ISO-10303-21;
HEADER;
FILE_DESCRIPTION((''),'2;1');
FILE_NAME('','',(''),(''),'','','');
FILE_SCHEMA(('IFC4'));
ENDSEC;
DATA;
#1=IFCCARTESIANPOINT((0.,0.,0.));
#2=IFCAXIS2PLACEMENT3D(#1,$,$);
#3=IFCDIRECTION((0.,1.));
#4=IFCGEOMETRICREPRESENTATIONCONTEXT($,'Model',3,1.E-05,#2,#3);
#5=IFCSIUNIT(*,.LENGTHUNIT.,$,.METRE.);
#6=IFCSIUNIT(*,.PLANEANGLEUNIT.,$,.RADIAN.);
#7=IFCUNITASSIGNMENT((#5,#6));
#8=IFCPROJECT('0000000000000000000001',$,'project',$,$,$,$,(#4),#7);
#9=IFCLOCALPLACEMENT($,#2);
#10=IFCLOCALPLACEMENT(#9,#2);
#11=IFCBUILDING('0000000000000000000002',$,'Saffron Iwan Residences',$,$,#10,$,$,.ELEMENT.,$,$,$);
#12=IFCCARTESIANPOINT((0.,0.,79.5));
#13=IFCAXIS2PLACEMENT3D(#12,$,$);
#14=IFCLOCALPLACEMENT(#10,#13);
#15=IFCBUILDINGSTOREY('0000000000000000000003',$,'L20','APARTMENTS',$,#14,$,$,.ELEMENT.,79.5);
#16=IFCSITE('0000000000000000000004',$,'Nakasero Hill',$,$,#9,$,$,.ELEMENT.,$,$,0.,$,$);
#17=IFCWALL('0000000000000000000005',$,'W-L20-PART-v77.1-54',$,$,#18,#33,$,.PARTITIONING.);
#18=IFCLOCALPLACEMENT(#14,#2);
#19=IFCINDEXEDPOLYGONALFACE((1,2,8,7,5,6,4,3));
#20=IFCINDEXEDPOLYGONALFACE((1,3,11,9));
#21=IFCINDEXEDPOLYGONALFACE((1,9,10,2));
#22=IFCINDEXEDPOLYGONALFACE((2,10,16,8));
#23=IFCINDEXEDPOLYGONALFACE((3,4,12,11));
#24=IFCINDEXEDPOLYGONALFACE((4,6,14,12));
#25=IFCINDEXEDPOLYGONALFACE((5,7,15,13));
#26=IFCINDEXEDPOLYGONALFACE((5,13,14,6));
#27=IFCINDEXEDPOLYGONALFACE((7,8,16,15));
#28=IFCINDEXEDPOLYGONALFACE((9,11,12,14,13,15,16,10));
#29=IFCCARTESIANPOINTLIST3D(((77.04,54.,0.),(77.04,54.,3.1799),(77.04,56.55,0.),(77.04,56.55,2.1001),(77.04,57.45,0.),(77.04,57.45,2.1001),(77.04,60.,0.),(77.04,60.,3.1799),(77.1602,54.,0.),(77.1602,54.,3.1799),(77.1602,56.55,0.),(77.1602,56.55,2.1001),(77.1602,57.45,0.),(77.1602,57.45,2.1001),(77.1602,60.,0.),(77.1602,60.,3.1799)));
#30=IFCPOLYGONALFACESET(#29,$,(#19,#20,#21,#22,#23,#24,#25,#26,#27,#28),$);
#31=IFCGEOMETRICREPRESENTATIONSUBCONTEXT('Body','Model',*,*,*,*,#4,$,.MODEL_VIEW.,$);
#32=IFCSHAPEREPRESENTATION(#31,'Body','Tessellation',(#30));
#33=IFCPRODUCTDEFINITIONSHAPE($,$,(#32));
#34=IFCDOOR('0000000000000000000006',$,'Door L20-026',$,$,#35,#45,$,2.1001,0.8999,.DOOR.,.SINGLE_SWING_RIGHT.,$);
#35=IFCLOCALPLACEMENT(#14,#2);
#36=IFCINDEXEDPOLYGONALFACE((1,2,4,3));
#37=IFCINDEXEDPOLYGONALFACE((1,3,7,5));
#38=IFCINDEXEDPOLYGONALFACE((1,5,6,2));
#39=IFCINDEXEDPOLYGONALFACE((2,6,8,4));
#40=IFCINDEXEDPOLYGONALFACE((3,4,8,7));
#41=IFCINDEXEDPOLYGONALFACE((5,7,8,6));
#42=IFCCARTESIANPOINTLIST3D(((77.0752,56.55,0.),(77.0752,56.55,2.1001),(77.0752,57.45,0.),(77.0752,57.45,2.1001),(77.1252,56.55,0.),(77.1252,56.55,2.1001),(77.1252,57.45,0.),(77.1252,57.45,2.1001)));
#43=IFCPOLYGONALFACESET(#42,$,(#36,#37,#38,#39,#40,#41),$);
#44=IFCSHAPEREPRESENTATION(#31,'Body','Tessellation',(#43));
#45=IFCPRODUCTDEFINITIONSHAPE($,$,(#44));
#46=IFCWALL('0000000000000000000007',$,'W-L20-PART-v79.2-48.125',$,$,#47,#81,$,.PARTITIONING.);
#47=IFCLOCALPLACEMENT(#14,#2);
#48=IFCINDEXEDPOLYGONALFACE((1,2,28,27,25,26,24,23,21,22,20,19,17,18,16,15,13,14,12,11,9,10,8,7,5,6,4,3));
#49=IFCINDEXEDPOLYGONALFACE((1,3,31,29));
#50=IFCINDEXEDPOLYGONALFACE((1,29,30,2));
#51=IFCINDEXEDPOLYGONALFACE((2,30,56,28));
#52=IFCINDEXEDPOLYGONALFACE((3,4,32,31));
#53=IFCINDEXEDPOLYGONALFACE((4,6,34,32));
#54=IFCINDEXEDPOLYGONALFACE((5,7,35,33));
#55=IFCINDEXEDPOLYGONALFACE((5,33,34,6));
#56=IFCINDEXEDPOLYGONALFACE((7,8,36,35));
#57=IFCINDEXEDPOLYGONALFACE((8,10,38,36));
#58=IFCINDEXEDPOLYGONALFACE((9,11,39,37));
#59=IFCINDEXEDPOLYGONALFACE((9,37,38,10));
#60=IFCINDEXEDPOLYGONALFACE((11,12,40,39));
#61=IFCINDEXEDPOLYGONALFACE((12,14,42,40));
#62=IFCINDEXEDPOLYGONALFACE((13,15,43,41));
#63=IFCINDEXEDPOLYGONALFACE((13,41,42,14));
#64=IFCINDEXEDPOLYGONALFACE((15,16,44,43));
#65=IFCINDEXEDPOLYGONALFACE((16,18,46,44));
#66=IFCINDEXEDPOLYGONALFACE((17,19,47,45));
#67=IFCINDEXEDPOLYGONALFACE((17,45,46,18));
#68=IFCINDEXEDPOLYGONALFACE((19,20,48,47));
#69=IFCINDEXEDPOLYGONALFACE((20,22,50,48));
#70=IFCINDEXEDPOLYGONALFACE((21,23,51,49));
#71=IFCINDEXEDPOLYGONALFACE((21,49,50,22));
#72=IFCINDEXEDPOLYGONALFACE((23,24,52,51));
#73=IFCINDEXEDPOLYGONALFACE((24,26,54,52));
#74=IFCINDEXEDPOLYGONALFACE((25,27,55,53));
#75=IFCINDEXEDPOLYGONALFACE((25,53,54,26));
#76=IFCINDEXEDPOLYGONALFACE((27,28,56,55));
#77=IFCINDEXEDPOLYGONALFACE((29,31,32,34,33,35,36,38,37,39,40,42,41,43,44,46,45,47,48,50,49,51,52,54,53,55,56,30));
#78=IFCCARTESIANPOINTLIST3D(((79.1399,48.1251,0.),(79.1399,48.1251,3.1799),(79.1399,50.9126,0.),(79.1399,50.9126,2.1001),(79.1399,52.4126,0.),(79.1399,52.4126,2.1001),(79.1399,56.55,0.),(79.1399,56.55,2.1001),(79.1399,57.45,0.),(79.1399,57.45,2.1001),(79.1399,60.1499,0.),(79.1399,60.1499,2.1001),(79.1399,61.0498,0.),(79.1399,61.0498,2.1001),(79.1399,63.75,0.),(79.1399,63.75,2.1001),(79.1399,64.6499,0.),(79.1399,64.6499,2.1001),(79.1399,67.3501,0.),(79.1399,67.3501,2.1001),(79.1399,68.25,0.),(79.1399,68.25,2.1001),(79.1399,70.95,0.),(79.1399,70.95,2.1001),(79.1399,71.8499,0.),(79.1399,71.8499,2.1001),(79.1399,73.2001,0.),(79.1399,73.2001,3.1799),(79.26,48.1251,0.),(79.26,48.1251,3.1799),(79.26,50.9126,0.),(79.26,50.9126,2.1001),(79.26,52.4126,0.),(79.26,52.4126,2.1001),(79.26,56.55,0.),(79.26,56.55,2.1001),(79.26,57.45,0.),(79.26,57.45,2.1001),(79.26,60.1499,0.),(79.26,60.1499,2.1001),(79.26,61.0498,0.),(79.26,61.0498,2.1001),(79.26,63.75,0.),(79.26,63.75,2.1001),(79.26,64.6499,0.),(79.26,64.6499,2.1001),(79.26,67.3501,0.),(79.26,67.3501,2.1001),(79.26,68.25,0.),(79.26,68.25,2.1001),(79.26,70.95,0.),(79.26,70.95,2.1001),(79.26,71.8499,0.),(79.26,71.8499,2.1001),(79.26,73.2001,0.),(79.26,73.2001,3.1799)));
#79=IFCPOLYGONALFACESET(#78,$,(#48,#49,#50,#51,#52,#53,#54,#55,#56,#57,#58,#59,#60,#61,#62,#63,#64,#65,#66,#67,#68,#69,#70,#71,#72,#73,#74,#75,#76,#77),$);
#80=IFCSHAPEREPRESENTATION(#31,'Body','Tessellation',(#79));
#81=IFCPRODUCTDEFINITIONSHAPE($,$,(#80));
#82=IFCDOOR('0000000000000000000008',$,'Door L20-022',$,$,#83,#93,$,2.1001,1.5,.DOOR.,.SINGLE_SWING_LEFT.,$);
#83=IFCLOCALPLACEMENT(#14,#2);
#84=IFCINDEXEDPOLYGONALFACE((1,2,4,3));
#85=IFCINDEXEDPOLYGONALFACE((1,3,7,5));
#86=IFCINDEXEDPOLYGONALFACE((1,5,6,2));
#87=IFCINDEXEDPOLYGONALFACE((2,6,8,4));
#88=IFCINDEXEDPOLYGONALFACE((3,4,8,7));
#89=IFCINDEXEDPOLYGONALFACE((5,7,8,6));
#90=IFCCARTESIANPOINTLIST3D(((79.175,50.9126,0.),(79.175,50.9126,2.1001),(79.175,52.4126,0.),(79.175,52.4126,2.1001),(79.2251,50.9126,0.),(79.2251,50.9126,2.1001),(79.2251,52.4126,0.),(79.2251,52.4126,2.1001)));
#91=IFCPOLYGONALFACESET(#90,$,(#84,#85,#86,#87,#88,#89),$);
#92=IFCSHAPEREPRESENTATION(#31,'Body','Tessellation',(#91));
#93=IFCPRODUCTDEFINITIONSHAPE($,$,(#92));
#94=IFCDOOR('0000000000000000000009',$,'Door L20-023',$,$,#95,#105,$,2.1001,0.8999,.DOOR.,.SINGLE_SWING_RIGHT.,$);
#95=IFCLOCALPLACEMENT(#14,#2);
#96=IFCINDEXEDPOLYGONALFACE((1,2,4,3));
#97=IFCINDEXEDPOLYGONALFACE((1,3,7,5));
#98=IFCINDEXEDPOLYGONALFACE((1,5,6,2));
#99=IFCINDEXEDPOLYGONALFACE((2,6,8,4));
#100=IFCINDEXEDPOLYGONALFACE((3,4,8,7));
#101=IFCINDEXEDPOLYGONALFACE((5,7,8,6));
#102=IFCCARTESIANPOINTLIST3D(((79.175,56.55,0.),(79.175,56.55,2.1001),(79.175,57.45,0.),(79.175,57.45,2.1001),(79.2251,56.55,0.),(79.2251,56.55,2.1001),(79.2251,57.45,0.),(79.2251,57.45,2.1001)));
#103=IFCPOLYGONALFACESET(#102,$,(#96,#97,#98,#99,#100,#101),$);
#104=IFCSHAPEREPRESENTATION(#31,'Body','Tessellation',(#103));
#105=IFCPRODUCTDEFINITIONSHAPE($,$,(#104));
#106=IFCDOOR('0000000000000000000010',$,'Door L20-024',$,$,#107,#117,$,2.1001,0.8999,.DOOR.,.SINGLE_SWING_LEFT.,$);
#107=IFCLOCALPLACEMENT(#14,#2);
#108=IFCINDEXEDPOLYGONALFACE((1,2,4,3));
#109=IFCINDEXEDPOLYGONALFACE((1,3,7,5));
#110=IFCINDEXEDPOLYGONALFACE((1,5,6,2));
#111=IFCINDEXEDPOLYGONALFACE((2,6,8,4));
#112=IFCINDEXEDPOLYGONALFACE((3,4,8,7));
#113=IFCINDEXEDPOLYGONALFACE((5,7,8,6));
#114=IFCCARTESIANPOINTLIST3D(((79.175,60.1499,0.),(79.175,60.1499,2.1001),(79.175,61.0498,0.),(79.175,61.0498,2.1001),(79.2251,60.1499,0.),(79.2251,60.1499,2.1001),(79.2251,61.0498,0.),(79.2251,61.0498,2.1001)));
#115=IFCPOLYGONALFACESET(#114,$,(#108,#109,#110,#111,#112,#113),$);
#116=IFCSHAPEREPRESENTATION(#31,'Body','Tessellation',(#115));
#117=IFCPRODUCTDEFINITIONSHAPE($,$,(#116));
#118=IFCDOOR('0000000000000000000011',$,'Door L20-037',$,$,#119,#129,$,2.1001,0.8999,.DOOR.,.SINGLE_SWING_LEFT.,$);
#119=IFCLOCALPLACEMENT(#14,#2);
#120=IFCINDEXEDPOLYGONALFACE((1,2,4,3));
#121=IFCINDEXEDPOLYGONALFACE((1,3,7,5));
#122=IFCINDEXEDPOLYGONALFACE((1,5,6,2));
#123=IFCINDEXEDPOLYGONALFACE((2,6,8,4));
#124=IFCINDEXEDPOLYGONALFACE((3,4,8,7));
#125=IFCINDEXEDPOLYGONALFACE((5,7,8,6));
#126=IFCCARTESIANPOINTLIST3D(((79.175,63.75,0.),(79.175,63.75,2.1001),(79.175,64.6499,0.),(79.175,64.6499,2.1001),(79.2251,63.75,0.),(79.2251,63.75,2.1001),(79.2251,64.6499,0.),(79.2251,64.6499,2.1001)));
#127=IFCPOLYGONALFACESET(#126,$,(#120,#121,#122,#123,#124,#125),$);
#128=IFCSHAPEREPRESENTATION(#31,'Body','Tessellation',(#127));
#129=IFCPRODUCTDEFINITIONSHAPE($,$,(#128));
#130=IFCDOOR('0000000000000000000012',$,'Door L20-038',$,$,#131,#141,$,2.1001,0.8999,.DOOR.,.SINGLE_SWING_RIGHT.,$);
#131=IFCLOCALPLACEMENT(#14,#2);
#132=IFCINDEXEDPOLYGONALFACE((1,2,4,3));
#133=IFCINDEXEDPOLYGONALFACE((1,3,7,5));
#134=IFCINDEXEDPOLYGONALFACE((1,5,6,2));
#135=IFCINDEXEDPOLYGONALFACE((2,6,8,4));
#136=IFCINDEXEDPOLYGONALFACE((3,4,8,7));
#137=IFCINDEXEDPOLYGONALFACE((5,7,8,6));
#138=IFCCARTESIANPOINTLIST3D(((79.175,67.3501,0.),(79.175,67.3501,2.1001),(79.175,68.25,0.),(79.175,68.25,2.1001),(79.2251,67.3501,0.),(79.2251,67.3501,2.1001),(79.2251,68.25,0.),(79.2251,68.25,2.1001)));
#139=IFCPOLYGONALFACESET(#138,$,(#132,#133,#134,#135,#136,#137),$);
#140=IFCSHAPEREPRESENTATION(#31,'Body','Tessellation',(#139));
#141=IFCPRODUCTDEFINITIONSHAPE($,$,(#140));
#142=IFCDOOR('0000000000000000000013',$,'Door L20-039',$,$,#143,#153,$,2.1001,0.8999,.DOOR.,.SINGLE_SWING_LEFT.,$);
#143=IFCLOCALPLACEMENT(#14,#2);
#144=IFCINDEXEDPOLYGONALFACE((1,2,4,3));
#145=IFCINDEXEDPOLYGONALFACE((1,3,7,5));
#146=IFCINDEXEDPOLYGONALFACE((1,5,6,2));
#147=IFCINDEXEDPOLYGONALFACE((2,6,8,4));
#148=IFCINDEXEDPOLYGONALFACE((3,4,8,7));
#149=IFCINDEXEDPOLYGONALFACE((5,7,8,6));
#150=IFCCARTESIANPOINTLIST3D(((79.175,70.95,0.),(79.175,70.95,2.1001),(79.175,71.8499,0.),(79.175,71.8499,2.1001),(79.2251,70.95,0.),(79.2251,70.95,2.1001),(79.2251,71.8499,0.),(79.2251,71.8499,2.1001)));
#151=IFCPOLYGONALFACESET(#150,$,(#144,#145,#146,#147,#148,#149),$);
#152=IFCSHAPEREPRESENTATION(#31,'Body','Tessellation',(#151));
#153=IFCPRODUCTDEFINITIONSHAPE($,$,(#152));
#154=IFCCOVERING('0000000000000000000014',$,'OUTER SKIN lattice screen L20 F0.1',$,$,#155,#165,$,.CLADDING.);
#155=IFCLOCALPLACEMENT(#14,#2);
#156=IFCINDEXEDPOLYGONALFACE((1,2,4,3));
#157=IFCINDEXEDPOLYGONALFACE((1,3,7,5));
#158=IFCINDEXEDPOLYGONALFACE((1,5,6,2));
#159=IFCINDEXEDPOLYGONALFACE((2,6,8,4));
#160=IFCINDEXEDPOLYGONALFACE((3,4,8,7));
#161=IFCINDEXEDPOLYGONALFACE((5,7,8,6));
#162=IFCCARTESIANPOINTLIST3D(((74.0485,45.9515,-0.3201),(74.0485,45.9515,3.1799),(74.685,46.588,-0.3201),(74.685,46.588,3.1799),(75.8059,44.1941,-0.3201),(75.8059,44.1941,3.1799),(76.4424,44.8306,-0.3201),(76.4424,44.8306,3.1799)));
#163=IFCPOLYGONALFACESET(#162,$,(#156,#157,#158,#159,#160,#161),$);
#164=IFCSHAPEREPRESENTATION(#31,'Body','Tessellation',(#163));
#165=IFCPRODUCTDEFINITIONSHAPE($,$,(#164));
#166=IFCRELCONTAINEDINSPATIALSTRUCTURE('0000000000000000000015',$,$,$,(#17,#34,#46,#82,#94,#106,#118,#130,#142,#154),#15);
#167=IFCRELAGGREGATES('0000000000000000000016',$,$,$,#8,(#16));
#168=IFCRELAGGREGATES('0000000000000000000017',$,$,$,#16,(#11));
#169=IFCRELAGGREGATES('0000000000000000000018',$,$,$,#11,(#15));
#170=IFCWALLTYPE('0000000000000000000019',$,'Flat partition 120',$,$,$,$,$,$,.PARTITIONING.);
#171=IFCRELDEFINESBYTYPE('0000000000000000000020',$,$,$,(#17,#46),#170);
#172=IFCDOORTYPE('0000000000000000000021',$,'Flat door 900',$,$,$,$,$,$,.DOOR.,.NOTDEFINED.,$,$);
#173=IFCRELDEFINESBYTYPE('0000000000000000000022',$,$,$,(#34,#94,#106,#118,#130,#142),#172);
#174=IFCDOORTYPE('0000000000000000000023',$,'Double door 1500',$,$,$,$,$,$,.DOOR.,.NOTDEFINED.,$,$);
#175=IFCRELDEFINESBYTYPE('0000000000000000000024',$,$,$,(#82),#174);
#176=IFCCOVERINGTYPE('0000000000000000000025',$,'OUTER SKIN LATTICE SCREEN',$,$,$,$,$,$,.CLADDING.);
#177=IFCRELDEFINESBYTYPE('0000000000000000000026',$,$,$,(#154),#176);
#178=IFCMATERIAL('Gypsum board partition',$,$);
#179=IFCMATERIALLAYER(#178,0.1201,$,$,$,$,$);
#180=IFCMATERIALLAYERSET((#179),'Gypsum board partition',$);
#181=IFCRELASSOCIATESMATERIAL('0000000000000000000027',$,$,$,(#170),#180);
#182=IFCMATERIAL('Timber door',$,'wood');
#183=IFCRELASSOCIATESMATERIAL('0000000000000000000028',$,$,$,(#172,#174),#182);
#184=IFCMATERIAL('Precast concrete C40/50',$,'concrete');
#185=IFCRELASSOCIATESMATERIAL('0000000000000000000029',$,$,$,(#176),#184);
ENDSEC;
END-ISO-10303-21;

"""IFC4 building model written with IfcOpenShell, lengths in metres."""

from ifc_helpers import new_model, si_unit, direction, frame, frame_2d, origin, place, context, subcontext, project, spatial, polyline, rectangle, outline, extrude, material, layer, layer_set, type_object, element, fill, save


model = new_model("IFC4")

# Units and contexts
model_context = context("Model", 3, precision=1e-05, world=origin(), true_north=direction((0.0, 1.0)))
body_context = subcontext(model_context, "Body", "Model", "MODEL_VIEW")
ifc_project = project(units=[si_unit("LENGTHUNIT", "METRE"), si_unit("PLANEANGLEUNIT", "RADIAN")], contexts=[model_context])

# Site, building, storey
site_placement = place(None, origin())
site = spatial("IfcSite", under=ifc_project, at=site_placement, Name="Nakasero Hill", CompositionType="ELEMENT", RefElevation=0.0)
building_placement = place(site_placement, origin())
building = spatial("IfcBuilding", under=site, at=building_placement, Name="Saffron Iwan Residences", CompositionType="ELEMENT")
storey_placement = place(building_placement, frame((0.0, 0.0, 79.5)))
storey = spatial("IfcBuildingStorey", under=building, at=storey_placement, Name="L20", Description="APARTMENTS", CompositionType="ELEMENT", Elevation=79.5)

# Shared definitions
ifc_material_1 = material(Name="Gypsum board partition")
ifc_layer_1 = layer(ifc_material_1, 0.1201)
ifc_layer_set_1 = layer_set([ifc_layer_1], Name="Gypsum board partition")
wall_type_1 = type_object("IfcWallType", Name="Flat partition 120", PredefinedType="PARTITIONING", material=ifc_layer_set_1)

# Wall, opening, door
wall_1_placement = place(storey_placement, frame((77.1001, 54.0, 0.0), z_axis=(0.0, 0.0, 1.0), x_axis=(0.0, 1.0, 0.0)))
wall_1 = element("IfcWall", 1, at=wall_1_placement, inside=storey, type_object=wall_type_1, Name="W-L20-PART-v77.1-54", PredefinedType="PARTITIONING", context=body_context, shape_type="SweptSolid", body=[
    extrude(rectangle(XDim=6.0, YDim=0.1201, at=frame_2d((3.0, 0.0))), origin(), (0.0, 0.0, 1.0), 3.1799),
])
opening_1_placement = place(wall_1_placement, frame((2.55, 0.0, 0.0)))
opening_1 = element("IfcOpeningElement", 2, at=opening_1_placement, cuts=wall_1, PredefinedType="OPENING", context=body_context, shape_type="SweptSolid", body=[
    extrude(rectangle(XDim=0.8999, YDim=2.1001, at=frame_2d((0.45, 1.05))), frame((0.0, 0.0701, 0.0), z_axis=(0.0, -1.0, 0.0), x_axis=(1.0, 0.0, 0.0)), (0.0, 0.0, 1.0), 0.1401),
])
ifc_material_2 = material(Name="Timber door", Category="wood")
door_type_1 = type_object("IfcDoorType", Name="Flat door 900", OperationType="NOTDEFINED", PredefinedType="DOOR", material=ifc_material_2)
door_1_placement = place(opening_1_placement, origin())
door_1 = element("IfcDoor", 3, at=door_1_placement, inside=storey, type_object=door_type_1, Name="Door L20-026", OperationType="SINGLE_SWING_RIGHT", OverallHeight=2.1001, OverallWidth=0.8999, PredefinedType="DOOR", context=body_context, shape_type="SweptSolid", body=[
    extrude(rectangle(XDim=0.8999, YDim=2.1001, at=frame_2d((0.45, 1.05))), frame((0.0, 0.0249, 0.0), z_axis=(0.0, -1.0, 0.0), x_axis=(1.0, 0.0, 0.0)), (0.0, 0.0, 1.0), 0.05),
])
fill(opening_1, door_1)

# Wall, openings, doors
wall_2_placement = place(storey_placement, frame((79.2, 48.125, 0.0), z_axis=(0.0, 0.0, 1.0), x_axis=(0.0, 1.0, 0.0)))
wall_2 = element("IfcWall", 4, at=wall_2_placement, inside=storey, type_object=wall_type_1, Name="W-L20-PART-v79.2-48.125", PredefinedType="PARTITIONING", context=body_context, shape_type="SweptSolid", body=[
    extrude(rectangle(XDim=25.075, YDim=0.1201, at=frame_2d((12.5376, 0.0))), origin(), (0.0, 0.0, 1.0), 3.1799),
])
opening_2_placement = place(wall_2_placement, frame((2.7876, 0.0, 0.0)))
opening_2 = element("IfcOpeningElement", 5, at=opening_2_placement, cuts=wall_2, PredefinedType="OPENING", context=body_context, shape_type="SweptSolid", body=[
    extrude(rectangle(XDim=1.5, YDim=2.1001, at=frame_2d((0.75, 1.05))), frame((0.0, 0.0701, 0.0), z_axis=(0.0, -1.0, 0.0), x_axis=(1.0, 0.0, 0.0)), (0.0, 0.0, 1.0), 0.1401),
])
opening_3_placement = place(wall_2_placement, frame((8.425, 0.0, 0.0)))
opening_3 = element("IfcOpeningElement", 6, at=opening_3_placement, cuts=wall_2, PredefinedType="OPENING", context=body_context, shape_type="SweptSolid", body=[
    extrude(rectangle(XDim=0.8999, YDim=2.1001, at=frame_2d((0.45, 1.05))), frame((0.0, 0.0701, 0.0), z_axis=(0.0, -1.0, 0.0), x_axis=(1.0, 0.0, 0.0)), (0.0, 0.0, 1.0), 0.1401),
])
opening_4_placement = place(wall_2_placement, frame((12.0249, 0.0, 0.0)))
opening_4 = element("IfcOpeningElement", 7, at=opening_4_placement, cuts=wall_2, PredefinedType="OPENING", context=body_context, shape_type="SweptSolid", body=[
    extrude(rectangle(XDim=0.8999, YDim=2.1001, at=frame_2d((0.45, 1.05))), frame((0.0, 0.0701, 0.0), z_axis=(0.0, -1.0, 0.0), x_axis=(1.0, 0.0, 0.0)), (0.0, 0.0, 1.0), 0.1401),
])
opening_5_placement = place(wall_2_placement, frame((15.625, 0.0, 0.0)))
opening_5 = element("IfcOpeningElement", 8, at=opening_5_placement, cuts=wall_2, PredefinedType="OPENING", context=body_context, shape_type="SweptSolid", body=[
    extrude(rectangle(XDim=0.8999, YDim=2.1001, at=frame_2d((0.45, 1.05))), frame((0.0, 0.0701, 0.0), z_axis=(0.0, -1.0, 0.0), x_axis=(1.0, 0.0, 0.0)), (0.0, 0.0, 1.0), 0.1401),
])
opening_6_placement = place(wall_2_placement, frame((19.2251, 0.0, 0.0)))
opening_6 = element("IfcOpeningElement", 9, at=opening_6_placement, cuts=wall_2, PredefinedType="OPENING", context=body_context, shape_type="SweptSolid", body=[
    extrude(rectangle(XDim=0.8999, YDim=2.1001, at=frame_2d((0.45, 1.05))), frame((0.0, 0.0701, 0.0), z_axis=(0.0, -1.0, 0.0), x_axis=(1.0, 0.0, 0.0)), (0.0, 0.0, 1.0), 0.1401),
])
opening_7_placement = place(wall_2_placement, frame((22.825, 0.0, 0.0)))
opening_7 = element("IfcOpeningElement", 10, at=opening_7_placement, cuts=wall_2, PredefinedType="OPENING", context=body_context, shape_type="SweptSolid", body=[
    extrude(rectangle(XDim=0.8999, YDim=2.1001, at=frame_2d((0.45, 1.05))), frame((0.0, 0.0701, 0.0), z_axis=(0.0, -1.0, 0.0), x_axis=(1.0, 0.0, 0.0)), (0.0, 0.0, 1.0), 0.1401),
])
door_type_2 = type_object("IfcDoorType", Name="Double door 1500", OperationType="NOTDEFINED", PredefinedType="DOOR", material=ifc_material_2)
door_2_placement = place(opening_2_placement, origin())
door_2 = element("IfcDoor", 11, at=door_2_placement, inside=storey, type_object=door_type_2, Name="Door L20-022", OperationType="SINGLE_SWING_LEFT", OverallHeight=2.1001, OverallWidth=1.5, PredefinedType="DOOR", context=body_context, shape_type="SweptSolid", body=[
    extrude(rectangle(XDim=1.5, YDim=2.1001, at=frame_2d((0.75, 1.05))), frame((0.0, 0.0249, 0.0), z_axis=(0.0, -1.0, 0.0), x_axis=(1.0, 0.0, 0.0)), (0.0, 0.0, 1.0), 0.05),
])
fill(opening_2, door_2)
door_3_placement = place(opening_3_placement, origin())
door_3 = element("IfcDoor", 12, at=door_3_placement, inside=storey, type_object=door_type_1, Name="Door L20-023", OperationType="SINGLE_SWING_RIGHT", OverallHeight=2.1001, OverallWidth=0.8999, PredefinedType="DOOR", context=body_context, shape_type="SweptSolid", body=[
    extrude(rectangle(XDim=0.8999, YDim=2.1001, at=frame_2d((0.45, 1.05))), frame((0.0, 0.0249, 0.0), z_axis=(0.0, -1.0, 0.0), x_axis=(1.0, 0.0, 0.0)), (0.0, 0.0, 1.0), 0.05),
])
fill(opening_3, door_3)
door_4_placement = place(opening_4_placement, origin())
door_4 = element("IfcDoor", 13, at=door_4_placement, inside=storey, type_object=door_type_1, Name="Door L20-024", OperationType="SINGLE_SWING_LEFT", OverallHeight=2.1001, OverallWidth=0.8999, PredefinedType="DOOR", context=body_context, shape_type="SweptSolid", body=[
    extrude(rectangle(XDim=0.8999, YDim=2.1001, at=frame_2d((0.45, 1.05))), frame((0.0, 0.0249, 0.0), z_axis=(0.0, -1.0, 0.0), x_axis=(1.0, 0.0, 0.0)), (0.0, 0.0, 1.0), 0.05),
])
fill(opening_4, door_4)
door_5_placement = place(opening_5_placement, origin())
door_5 = element("IfcDoor", 14, at=door_5_placement, inside=storey, type_object=door_type_1, Name="Door L20-037", OperationType="SINGLE_SWING_LEFT", OverallHeight=2.1001, OverallWidth=0.8999, PredefinedType="DOOR", context=body_context, shape_type="SweptSolid", body=[
    extrude(rectangle(XDim=0.8999, YDim=2.1001, at=frame_2d((0.45, 1.05))), frame((0.0, 0.0249, 0.0), z_axis=(0.0, -1.0, 0.0), x_axis=(1.0, 0.0, 0.0)), (0.0, 0.0, 1.0), 0.05),
])
fill(opening_5, door_5)
door_6_placement = place(opening_6_placement, origin())
door_6 = element("IfcDoor", 15, at=door_6_placement, inside=storey, type_object=door_type_1, Name="Door L20-038", OperationType="SINGLE_SWING_RIGHT", OverallHeight=2.1001, OverallWidth=0.8999, PredefinedType="DOOR", context=body_context, shape_type="SweptSolid", body=[
    extrude(rectangle(XDim=0.8999, YDim=2.1001, at=frame_2d((0.45, 1.05))), frame((0.0, 0.0249, 0.0), z_axis=(0.0, -1.0, 0.0), x_axis=(1.0, 0.0, 0.0)), (0.0, 0.0, 1.0), 0.05),
])
fill(opening_6, door_6)
door_7_placement = place(opening_7_placement, origin())
door_7 = element("IfcDoor", 16, at=door_7_placement, inside=storey, type_object=door_type_1, Name="Door L20-039", OperationType="SINGLE_SWING_LEFT", OverallHeight=2.1001, OverallWidth=0.8999, PredefinedType="DOOR", context=body_context, shape_type="SweptSolid", body=[
    extrude(rectangle(XDim=0.8999, YDim=2.1001, at=frame_2d((0.45, 1.05))), frame((0.0, 0.0249, 0.0), z_axis=(0.0, -1.0, 0.0), x_axis=(1.0, 0.0, 0.0)), (0.0, 0.0, 1.0), 0.05),
])
fill(opening_7, door_7)

# Covering
ifc_material_3 = material(Name="Precast concrete C40/50", Category="concrete")
covering_type = type_object("IfcCoveringType", Name="OUTER SKIN LATTICE SCREEN", PredefinedType="CLADDING", material=ifc_material_3)
covering_1_placement = place(storey_placement, frame((75.8059, 44.1941, -0.3201), z_axis=(0.707107, 0.707107, 0.0), x_axis=(-0.707107, 0.707107, 0.0)))
element("IfcCovering", 17, at=covering_1_placement, inside=storey, type_object=covering_type, Name="OUTER SKIN lattice screen L20 F0.1", PredefinedType="CLADDING", context=body_context, shape_type="SweptSolid", body=[
    extrude(outline(polyline([(0.0, 0.0), (2.4854, 0.0), (2.4854, 3.5), (0.0, 3.5), (0.0, 0.0)])), origin(), (0.0, 0.0, 1.0), 0.9001),
])

save(model, "model.ifc")
